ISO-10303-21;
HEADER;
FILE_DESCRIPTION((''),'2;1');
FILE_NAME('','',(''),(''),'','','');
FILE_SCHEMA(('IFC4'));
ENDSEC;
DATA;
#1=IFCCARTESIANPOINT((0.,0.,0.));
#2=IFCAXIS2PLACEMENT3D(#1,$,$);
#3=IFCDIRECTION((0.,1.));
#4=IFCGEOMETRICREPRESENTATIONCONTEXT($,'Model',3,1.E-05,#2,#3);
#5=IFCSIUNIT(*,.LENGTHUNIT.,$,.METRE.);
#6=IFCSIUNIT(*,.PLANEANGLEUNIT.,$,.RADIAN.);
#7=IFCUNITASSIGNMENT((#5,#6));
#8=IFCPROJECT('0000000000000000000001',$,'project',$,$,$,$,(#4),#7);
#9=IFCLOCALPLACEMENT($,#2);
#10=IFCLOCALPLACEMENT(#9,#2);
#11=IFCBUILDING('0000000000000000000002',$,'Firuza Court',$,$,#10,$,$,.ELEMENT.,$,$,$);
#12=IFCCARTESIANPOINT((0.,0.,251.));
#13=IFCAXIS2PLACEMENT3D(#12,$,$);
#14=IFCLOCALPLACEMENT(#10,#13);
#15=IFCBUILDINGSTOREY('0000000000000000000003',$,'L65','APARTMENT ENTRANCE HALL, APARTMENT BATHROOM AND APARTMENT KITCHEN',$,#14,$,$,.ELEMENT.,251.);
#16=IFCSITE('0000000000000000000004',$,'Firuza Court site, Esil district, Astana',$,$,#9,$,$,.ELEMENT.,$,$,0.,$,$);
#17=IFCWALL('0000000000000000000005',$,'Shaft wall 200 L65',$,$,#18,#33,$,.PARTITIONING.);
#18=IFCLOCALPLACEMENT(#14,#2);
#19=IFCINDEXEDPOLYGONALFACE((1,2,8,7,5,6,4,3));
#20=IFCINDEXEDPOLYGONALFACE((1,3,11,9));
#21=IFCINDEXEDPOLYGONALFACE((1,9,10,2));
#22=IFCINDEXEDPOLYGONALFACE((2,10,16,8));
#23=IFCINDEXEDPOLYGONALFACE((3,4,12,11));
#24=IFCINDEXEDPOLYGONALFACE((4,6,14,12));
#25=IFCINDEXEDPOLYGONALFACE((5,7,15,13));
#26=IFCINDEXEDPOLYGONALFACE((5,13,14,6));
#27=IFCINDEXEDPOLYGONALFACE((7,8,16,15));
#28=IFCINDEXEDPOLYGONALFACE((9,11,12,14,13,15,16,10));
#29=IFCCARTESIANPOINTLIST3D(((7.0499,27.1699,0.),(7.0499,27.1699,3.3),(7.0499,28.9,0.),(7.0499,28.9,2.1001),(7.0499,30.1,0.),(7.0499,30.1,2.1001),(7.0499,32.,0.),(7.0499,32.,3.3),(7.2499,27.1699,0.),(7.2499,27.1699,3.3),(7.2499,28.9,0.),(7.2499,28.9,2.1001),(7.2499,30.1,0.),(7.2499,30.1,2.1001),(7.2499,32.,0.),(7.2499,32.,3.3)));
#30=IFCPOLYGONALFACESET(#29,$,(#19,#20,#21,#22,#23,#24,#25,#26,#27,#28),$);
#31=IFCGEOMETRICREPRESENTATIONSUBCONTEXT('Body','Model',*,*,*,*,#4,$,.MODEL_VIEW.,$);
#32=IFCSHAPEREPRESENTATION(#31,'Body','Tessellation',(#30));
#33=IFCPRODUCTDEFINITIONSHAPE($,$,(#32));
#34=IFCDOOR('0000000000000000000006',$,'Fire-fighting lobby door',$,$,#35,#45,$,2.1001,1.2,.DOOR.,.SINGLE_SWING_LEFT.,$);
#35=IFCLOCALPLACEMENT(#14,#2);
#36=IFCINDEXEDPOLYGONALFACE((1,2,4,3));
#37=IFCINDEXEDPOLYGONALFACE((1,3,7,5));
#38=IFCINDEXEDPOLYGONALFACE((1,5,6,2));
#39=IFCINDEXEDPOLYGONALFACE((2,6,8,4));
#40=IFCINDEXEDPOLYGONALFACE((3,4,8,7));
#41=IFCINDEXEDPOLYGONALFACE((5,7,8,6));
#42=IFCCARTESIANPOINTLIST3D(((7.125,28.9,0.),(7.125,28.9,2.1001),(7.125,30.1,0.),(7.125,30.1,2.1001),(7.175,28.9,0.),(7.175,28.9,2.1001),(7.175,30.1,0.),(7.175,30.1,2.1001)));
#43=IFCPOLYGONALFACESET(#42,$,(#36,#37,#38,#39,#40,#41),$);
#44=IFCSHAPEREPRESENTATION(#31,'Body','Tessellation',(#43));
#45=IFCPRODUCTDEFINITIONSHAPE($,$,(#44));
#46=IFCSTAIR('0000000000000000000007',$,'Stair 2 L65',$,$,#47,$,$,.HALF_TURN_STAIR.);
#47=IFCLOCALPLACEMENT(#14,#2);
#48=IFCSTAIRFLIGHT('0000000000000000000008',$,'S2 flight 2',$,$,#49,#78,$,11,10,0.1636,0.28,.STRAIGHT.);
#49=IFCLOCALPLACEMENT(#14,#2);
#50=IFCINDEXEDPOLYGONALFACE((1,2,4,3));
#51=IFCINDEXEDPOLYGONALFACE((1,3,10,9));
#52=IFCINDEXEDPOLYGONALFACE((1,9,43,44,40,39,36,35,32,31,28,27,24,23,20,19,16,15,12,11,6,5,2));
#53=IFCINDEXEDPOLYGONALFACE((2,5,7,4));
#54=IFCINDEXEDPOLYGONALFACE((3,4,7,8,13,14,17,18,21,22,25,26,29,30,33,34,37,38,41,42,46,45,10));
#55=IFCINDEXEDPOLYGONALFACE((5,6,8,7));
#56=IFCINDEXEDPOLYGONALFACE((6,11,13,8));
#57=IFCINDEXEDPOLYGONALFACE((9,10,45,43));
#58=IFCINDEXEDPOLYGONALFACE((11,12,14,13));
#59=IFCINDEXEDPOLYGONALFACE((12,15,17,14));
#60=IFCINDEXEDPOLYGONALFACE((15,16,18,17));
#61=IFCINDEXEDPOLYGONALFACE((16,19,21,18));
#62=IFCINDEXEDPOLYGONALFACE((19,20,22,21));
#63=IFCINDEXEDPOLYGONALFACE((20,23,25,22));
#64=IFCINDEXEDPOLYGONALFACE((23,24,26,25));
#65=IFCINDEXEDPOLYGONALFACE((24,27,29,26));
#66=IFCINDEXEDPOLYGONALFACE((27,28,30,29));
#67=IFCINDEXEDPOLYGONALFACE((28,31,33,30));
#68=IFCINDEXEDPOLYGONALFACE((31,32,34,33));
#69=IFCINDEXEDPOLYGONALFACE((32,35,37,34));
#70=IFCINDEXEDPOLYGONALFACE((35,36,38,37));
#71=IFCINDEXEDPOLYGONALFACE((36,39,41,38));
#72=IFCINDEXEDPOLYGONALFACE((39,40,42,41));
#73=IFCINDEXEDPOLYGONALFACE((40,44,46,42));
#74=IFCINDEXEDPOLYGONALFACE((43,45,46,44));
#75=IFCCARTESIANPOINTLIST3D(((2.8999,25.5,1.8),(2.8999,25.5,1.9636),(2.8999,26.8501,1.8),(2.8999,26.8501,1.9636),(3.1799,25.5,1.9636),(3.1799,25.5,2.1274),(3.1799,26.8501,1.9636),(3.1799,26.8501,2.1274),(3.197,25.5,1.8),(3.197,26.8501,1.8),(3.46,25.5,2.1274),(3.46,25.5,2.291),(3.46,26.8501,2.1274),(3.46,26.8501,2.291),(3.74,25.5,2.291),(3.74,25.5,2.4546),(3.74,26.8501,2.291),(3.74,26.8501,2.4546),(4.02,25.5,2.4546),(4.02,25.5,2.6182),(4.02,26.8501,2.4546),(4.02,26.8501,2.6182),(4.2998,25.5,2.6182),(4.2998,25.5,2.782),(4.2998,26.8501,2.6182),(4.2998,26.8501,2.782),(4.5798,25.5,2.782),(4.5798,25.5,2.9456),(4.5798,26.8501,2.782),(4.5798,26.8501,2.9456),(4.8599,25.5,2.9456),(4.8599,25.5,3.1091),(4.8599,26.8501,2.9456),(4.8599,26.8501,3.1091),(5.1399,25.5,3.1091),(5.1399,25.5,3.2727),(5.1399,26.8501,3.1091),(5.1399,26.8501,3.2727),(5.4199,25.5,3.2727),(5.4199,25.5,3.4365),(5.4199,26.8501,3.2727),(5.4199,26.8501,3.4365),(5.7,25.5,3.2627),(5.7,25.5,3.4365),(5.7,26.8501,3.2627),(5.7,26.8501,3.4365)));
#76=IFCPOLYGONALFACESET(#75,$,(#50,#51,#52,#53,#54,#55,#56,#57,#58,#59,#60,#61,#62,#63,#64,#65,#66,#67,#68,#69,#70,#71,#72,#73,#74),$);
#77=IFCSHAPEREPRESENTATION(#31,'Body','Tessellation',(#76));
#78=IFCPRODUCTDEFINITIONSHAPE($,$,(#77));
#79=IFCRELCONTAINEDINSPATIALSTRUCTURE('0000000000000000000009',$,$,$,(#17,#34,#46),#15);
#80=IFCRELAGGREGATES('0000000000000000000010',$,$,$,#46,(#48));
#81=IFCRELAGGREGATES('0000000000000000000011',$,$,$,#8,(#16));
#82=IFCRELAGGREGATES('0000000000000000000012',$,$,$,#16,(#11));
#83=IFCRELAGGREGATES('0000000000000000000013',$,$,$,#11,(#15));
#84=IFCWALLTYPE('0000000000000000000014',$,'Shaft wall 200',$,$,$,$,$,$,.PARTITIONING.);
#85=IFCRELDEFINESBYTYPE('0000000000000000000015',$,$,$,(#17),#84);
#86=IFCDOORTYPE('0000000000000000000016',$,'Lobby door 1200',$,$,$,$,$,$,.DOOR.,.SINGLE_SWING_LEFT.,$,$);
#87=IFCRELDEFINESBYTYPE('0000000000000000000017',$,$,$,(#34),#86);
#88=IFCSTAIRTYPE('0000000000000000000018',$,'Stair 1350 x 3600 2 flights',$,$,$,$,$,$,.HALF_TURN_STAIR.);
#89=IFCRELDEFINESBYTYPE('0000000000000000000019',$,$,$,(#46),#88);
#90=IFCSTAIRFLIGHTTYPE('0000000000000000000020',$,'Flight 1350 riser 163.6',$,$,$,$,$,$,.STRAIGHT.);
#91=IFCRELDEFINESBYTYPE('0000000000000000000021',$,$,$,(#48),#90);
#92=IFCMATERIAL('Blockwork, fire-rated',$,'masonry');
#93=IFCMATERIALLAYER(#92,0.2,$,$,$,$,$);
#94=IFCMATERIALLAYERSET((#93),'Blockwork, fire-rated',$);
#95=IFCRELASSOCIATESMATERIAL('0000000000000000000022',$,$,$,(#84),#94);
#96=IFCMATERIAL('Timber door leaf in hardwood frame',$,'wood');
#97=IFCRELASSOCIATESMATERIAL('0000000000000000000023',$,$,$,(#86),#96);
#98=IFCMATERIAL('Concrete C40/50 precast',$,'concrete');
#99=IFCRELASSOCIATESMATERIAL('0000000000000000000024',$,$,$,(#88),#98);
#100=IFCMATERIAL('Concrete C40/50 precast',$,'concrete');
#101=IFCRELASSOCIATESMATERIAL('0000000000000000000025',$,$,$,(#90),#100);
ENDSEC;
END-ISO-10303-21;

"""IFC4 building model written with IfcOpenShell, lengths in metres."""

from ifc_helpers import new_model, si_unit, direction, frame, frame_2d, origin, place, context, subcontext, project, spatial, polyline, rectangle, outline, extrude, material, layer, layer_set, type_object, element, fill, aggregate, save


model = new_model("IFC4")

# Units and contexts
model_context = context("Model", 3, precision=1e-05, world=origin(), true_north=direction((0.0, 1.0)))
body_context = subcontext(model_context, "Body", "Model", "MODEL_VIEW")
ifc_project = project(units=[si_unit("LENGTHUNIT", "METRE"), si_unit("PLANEANGLEUNIT", "RADIAN")], contexts=[model_context])

# Site, building, storey
site_placement = place(None, origin())
site = spatial("IfcSite", under=ifc_project, at=site_placement, Name="Firuza Court site, Esil district, Astana", CompositionType="ELEMENT", RefElevation=0.0)
building_placement = place(site_placement, origin())
building = spatial("IfcBuilding", under=site, at=building_placement, Name="Firuza Court", CompositionType="ELEMENT")
storey_placement = place(building_placement, frame((0.0, 0.0, 251.0)))
storey = spatial("IfcBuildingStorey", under=building, at=storey_placement, Name="L65", Description="APARTMENT ENTRANCE HALL, APARTMENT BATHROOM AND APARTMENT KITCHEN", CompositionType="ELEMENT", Elevation=251.0)

# Wall, opening, door
ifc_material_1 = material(Name="Blockwork, fire-rated", Category="masonry")
ifc_layer_1 = layer(ifc_material_1, 0.2)
ifc_layer_set_1 = layer_set([ifc_layer_1], Name="Blockwork, fire-rated")
wall_type_1 = type_object("IfcWallType", Name="Shaft wall 200", PredefinedType="PARTITIONING", material=ifc_layer_set_1)
wall_1_placement = place(storey_placement, frame((7.1499, 27.1699, 0.0), z_axis=(0.0, 0.0, 1.0), x_axis=(0.0, 1.0, 0.0)))
wall_1 = element("IfcWall", 1, at=wall_1_placement, inside=storey, type_object=wall_type_1, Name="Shaft wall 200 L65", PredefinedType="PARTITIONING", context=body_context, shape_type="SweptSolid", body=[
    extrude(rectangle(XDim=4.8301, YDim=0.2, at=frame_2d((2.415, 0.0))), origin(), (0.0, 0.0, 1.0), 3.3),
])
opening_1_placement = place(wall_1_placement, frame((1.73, 0.0, 0.0)))
opening_1 = element("IfcOpeningElement", 2, at=opening_1_placement, cuts=wall_1, PredefinedType="OPENING", context=body_context, shape_type="SweptSolid", body=[
    extrude(rectangle(XDim=1.2, YDim=2.1001, at=frame_2d((0.6001, 1.05))), frame((0.0, 0.1118, 0.0), z_axis=(0.0, -1.0, 0.0), x_axis=(1.0, 0.0, 0.0)), (0.0, 0.0, 1.0), 0.2239),
])
ifc_material_2 = material(Name="Timber door leaf in hardwood frame", Category="wood")
door_type_1 = type_object("IfcDoorType", Name="Lobby door 1200", OperationType="SINGLE_SWING_LEFT", PredefinedType="DOOR", material=ifc_material_2)
door_1_placement = place(opening_1_placement, origin())
door_1 = element("IfcDoor", 3, at=door_1_placement, inside=storey, type_object=door_type_1, Name="Fire-fighting lobby door", OperationType="SINGLE_SWING_LEFT", OverallHeight=2.1001, OverallWidth=1.2, PredefinedType="DOOR", context=body_context, shape_type="SweptSolid", body=[
    extrude(rectangle(XDim=1.2, YDim=2.1001, at=frame_2d((0.6001, 1.05))), frame((0.0, 0.0249, 0.0), z_axis=(0.0, -1.0, 0.0), x_axis=(1.0, 0.0, 0.0)), (0.0, 0.0, 1.0), 0.05),
])
fill(opening_1, door_1)

# Stair, stair flight
ifc_material_3 = material(Name="Concrete C40/50 precast", Category="concrete")
stair_type = type_object("IfcStairType", Name="Stair 1350 x 3600 2 flights", PredefinedType="HALF_TURN_STAIR", material=ifc_material_3)
stair_placement = place(storey_placement, origin())
stair = element("IfcStair", 4, at=stair_placement, inside=storey, type_object=stair_type, Name="Stair 2 L65", PredefinedType="HALF_TURN_STAIR")
ifc_material_4 = material(Name="Concrete C40/50 precast", Category="concrete")
stair_flight_type = type_object("IfcStairFlightType", Name="Flight 1350 riser 163.6", PredefinedType="STRAIGHT", material=ifc_material_4)
stair_flight_placement = place(storey_placement, frame((2.8999, 26.175, 1.8), z_axis=(0.0, 0.0, 1.0), x_axis=(1.0, 0.0, 0.0)))
stair_flight = element("IfcStairFlight", 5, at=stair_flight_placement, type_object=stair_flight_type, Name="S2 flight 2", NumberOfRisers=11, NumberOfTreads=10, PredefinedType="STRAIGHT", RiserHeight=0.1636, TreadLength=0.28, context=body_context, shape_type="SweptSolid", body=[
    extrude(outline(polyline([(0.0, 0.0), (0.0, 0.1636), (0.28, 0.1636), (0.28, 0.3274), (0.5601, 0.3274), (0.5601, 0.491), (0.8401, 0.491), (0.8401, 0.6545), (1.1201, 0.6545), (1.1201, 0.8181), (1.3999, 0.8181), (1.3999, 0.9819), (1.6799, 0.9819), (1.6799, 1.1455), (1.96, 1.1455), (1.96, 1.3091), (2.24, 1.3091), (2.24, 1.4727), (2.52, 1.4727), (2.52, 1.6365), (2.8, 1.6365), (2.8, 1.8), (2.8, 1.4626), (0.2971, 0.0), (0.0, 0.0)])), frame((0.0, 0.675, 0.0), z_axis=(0.0, -1.0, 0.0), x_axis=(1.0, 0.0, 0.0)), (0.0, 0.0, 1.0), 1.3501),
])
aggregate(stair, [stair_flight])

save(model, "model.ifc")
